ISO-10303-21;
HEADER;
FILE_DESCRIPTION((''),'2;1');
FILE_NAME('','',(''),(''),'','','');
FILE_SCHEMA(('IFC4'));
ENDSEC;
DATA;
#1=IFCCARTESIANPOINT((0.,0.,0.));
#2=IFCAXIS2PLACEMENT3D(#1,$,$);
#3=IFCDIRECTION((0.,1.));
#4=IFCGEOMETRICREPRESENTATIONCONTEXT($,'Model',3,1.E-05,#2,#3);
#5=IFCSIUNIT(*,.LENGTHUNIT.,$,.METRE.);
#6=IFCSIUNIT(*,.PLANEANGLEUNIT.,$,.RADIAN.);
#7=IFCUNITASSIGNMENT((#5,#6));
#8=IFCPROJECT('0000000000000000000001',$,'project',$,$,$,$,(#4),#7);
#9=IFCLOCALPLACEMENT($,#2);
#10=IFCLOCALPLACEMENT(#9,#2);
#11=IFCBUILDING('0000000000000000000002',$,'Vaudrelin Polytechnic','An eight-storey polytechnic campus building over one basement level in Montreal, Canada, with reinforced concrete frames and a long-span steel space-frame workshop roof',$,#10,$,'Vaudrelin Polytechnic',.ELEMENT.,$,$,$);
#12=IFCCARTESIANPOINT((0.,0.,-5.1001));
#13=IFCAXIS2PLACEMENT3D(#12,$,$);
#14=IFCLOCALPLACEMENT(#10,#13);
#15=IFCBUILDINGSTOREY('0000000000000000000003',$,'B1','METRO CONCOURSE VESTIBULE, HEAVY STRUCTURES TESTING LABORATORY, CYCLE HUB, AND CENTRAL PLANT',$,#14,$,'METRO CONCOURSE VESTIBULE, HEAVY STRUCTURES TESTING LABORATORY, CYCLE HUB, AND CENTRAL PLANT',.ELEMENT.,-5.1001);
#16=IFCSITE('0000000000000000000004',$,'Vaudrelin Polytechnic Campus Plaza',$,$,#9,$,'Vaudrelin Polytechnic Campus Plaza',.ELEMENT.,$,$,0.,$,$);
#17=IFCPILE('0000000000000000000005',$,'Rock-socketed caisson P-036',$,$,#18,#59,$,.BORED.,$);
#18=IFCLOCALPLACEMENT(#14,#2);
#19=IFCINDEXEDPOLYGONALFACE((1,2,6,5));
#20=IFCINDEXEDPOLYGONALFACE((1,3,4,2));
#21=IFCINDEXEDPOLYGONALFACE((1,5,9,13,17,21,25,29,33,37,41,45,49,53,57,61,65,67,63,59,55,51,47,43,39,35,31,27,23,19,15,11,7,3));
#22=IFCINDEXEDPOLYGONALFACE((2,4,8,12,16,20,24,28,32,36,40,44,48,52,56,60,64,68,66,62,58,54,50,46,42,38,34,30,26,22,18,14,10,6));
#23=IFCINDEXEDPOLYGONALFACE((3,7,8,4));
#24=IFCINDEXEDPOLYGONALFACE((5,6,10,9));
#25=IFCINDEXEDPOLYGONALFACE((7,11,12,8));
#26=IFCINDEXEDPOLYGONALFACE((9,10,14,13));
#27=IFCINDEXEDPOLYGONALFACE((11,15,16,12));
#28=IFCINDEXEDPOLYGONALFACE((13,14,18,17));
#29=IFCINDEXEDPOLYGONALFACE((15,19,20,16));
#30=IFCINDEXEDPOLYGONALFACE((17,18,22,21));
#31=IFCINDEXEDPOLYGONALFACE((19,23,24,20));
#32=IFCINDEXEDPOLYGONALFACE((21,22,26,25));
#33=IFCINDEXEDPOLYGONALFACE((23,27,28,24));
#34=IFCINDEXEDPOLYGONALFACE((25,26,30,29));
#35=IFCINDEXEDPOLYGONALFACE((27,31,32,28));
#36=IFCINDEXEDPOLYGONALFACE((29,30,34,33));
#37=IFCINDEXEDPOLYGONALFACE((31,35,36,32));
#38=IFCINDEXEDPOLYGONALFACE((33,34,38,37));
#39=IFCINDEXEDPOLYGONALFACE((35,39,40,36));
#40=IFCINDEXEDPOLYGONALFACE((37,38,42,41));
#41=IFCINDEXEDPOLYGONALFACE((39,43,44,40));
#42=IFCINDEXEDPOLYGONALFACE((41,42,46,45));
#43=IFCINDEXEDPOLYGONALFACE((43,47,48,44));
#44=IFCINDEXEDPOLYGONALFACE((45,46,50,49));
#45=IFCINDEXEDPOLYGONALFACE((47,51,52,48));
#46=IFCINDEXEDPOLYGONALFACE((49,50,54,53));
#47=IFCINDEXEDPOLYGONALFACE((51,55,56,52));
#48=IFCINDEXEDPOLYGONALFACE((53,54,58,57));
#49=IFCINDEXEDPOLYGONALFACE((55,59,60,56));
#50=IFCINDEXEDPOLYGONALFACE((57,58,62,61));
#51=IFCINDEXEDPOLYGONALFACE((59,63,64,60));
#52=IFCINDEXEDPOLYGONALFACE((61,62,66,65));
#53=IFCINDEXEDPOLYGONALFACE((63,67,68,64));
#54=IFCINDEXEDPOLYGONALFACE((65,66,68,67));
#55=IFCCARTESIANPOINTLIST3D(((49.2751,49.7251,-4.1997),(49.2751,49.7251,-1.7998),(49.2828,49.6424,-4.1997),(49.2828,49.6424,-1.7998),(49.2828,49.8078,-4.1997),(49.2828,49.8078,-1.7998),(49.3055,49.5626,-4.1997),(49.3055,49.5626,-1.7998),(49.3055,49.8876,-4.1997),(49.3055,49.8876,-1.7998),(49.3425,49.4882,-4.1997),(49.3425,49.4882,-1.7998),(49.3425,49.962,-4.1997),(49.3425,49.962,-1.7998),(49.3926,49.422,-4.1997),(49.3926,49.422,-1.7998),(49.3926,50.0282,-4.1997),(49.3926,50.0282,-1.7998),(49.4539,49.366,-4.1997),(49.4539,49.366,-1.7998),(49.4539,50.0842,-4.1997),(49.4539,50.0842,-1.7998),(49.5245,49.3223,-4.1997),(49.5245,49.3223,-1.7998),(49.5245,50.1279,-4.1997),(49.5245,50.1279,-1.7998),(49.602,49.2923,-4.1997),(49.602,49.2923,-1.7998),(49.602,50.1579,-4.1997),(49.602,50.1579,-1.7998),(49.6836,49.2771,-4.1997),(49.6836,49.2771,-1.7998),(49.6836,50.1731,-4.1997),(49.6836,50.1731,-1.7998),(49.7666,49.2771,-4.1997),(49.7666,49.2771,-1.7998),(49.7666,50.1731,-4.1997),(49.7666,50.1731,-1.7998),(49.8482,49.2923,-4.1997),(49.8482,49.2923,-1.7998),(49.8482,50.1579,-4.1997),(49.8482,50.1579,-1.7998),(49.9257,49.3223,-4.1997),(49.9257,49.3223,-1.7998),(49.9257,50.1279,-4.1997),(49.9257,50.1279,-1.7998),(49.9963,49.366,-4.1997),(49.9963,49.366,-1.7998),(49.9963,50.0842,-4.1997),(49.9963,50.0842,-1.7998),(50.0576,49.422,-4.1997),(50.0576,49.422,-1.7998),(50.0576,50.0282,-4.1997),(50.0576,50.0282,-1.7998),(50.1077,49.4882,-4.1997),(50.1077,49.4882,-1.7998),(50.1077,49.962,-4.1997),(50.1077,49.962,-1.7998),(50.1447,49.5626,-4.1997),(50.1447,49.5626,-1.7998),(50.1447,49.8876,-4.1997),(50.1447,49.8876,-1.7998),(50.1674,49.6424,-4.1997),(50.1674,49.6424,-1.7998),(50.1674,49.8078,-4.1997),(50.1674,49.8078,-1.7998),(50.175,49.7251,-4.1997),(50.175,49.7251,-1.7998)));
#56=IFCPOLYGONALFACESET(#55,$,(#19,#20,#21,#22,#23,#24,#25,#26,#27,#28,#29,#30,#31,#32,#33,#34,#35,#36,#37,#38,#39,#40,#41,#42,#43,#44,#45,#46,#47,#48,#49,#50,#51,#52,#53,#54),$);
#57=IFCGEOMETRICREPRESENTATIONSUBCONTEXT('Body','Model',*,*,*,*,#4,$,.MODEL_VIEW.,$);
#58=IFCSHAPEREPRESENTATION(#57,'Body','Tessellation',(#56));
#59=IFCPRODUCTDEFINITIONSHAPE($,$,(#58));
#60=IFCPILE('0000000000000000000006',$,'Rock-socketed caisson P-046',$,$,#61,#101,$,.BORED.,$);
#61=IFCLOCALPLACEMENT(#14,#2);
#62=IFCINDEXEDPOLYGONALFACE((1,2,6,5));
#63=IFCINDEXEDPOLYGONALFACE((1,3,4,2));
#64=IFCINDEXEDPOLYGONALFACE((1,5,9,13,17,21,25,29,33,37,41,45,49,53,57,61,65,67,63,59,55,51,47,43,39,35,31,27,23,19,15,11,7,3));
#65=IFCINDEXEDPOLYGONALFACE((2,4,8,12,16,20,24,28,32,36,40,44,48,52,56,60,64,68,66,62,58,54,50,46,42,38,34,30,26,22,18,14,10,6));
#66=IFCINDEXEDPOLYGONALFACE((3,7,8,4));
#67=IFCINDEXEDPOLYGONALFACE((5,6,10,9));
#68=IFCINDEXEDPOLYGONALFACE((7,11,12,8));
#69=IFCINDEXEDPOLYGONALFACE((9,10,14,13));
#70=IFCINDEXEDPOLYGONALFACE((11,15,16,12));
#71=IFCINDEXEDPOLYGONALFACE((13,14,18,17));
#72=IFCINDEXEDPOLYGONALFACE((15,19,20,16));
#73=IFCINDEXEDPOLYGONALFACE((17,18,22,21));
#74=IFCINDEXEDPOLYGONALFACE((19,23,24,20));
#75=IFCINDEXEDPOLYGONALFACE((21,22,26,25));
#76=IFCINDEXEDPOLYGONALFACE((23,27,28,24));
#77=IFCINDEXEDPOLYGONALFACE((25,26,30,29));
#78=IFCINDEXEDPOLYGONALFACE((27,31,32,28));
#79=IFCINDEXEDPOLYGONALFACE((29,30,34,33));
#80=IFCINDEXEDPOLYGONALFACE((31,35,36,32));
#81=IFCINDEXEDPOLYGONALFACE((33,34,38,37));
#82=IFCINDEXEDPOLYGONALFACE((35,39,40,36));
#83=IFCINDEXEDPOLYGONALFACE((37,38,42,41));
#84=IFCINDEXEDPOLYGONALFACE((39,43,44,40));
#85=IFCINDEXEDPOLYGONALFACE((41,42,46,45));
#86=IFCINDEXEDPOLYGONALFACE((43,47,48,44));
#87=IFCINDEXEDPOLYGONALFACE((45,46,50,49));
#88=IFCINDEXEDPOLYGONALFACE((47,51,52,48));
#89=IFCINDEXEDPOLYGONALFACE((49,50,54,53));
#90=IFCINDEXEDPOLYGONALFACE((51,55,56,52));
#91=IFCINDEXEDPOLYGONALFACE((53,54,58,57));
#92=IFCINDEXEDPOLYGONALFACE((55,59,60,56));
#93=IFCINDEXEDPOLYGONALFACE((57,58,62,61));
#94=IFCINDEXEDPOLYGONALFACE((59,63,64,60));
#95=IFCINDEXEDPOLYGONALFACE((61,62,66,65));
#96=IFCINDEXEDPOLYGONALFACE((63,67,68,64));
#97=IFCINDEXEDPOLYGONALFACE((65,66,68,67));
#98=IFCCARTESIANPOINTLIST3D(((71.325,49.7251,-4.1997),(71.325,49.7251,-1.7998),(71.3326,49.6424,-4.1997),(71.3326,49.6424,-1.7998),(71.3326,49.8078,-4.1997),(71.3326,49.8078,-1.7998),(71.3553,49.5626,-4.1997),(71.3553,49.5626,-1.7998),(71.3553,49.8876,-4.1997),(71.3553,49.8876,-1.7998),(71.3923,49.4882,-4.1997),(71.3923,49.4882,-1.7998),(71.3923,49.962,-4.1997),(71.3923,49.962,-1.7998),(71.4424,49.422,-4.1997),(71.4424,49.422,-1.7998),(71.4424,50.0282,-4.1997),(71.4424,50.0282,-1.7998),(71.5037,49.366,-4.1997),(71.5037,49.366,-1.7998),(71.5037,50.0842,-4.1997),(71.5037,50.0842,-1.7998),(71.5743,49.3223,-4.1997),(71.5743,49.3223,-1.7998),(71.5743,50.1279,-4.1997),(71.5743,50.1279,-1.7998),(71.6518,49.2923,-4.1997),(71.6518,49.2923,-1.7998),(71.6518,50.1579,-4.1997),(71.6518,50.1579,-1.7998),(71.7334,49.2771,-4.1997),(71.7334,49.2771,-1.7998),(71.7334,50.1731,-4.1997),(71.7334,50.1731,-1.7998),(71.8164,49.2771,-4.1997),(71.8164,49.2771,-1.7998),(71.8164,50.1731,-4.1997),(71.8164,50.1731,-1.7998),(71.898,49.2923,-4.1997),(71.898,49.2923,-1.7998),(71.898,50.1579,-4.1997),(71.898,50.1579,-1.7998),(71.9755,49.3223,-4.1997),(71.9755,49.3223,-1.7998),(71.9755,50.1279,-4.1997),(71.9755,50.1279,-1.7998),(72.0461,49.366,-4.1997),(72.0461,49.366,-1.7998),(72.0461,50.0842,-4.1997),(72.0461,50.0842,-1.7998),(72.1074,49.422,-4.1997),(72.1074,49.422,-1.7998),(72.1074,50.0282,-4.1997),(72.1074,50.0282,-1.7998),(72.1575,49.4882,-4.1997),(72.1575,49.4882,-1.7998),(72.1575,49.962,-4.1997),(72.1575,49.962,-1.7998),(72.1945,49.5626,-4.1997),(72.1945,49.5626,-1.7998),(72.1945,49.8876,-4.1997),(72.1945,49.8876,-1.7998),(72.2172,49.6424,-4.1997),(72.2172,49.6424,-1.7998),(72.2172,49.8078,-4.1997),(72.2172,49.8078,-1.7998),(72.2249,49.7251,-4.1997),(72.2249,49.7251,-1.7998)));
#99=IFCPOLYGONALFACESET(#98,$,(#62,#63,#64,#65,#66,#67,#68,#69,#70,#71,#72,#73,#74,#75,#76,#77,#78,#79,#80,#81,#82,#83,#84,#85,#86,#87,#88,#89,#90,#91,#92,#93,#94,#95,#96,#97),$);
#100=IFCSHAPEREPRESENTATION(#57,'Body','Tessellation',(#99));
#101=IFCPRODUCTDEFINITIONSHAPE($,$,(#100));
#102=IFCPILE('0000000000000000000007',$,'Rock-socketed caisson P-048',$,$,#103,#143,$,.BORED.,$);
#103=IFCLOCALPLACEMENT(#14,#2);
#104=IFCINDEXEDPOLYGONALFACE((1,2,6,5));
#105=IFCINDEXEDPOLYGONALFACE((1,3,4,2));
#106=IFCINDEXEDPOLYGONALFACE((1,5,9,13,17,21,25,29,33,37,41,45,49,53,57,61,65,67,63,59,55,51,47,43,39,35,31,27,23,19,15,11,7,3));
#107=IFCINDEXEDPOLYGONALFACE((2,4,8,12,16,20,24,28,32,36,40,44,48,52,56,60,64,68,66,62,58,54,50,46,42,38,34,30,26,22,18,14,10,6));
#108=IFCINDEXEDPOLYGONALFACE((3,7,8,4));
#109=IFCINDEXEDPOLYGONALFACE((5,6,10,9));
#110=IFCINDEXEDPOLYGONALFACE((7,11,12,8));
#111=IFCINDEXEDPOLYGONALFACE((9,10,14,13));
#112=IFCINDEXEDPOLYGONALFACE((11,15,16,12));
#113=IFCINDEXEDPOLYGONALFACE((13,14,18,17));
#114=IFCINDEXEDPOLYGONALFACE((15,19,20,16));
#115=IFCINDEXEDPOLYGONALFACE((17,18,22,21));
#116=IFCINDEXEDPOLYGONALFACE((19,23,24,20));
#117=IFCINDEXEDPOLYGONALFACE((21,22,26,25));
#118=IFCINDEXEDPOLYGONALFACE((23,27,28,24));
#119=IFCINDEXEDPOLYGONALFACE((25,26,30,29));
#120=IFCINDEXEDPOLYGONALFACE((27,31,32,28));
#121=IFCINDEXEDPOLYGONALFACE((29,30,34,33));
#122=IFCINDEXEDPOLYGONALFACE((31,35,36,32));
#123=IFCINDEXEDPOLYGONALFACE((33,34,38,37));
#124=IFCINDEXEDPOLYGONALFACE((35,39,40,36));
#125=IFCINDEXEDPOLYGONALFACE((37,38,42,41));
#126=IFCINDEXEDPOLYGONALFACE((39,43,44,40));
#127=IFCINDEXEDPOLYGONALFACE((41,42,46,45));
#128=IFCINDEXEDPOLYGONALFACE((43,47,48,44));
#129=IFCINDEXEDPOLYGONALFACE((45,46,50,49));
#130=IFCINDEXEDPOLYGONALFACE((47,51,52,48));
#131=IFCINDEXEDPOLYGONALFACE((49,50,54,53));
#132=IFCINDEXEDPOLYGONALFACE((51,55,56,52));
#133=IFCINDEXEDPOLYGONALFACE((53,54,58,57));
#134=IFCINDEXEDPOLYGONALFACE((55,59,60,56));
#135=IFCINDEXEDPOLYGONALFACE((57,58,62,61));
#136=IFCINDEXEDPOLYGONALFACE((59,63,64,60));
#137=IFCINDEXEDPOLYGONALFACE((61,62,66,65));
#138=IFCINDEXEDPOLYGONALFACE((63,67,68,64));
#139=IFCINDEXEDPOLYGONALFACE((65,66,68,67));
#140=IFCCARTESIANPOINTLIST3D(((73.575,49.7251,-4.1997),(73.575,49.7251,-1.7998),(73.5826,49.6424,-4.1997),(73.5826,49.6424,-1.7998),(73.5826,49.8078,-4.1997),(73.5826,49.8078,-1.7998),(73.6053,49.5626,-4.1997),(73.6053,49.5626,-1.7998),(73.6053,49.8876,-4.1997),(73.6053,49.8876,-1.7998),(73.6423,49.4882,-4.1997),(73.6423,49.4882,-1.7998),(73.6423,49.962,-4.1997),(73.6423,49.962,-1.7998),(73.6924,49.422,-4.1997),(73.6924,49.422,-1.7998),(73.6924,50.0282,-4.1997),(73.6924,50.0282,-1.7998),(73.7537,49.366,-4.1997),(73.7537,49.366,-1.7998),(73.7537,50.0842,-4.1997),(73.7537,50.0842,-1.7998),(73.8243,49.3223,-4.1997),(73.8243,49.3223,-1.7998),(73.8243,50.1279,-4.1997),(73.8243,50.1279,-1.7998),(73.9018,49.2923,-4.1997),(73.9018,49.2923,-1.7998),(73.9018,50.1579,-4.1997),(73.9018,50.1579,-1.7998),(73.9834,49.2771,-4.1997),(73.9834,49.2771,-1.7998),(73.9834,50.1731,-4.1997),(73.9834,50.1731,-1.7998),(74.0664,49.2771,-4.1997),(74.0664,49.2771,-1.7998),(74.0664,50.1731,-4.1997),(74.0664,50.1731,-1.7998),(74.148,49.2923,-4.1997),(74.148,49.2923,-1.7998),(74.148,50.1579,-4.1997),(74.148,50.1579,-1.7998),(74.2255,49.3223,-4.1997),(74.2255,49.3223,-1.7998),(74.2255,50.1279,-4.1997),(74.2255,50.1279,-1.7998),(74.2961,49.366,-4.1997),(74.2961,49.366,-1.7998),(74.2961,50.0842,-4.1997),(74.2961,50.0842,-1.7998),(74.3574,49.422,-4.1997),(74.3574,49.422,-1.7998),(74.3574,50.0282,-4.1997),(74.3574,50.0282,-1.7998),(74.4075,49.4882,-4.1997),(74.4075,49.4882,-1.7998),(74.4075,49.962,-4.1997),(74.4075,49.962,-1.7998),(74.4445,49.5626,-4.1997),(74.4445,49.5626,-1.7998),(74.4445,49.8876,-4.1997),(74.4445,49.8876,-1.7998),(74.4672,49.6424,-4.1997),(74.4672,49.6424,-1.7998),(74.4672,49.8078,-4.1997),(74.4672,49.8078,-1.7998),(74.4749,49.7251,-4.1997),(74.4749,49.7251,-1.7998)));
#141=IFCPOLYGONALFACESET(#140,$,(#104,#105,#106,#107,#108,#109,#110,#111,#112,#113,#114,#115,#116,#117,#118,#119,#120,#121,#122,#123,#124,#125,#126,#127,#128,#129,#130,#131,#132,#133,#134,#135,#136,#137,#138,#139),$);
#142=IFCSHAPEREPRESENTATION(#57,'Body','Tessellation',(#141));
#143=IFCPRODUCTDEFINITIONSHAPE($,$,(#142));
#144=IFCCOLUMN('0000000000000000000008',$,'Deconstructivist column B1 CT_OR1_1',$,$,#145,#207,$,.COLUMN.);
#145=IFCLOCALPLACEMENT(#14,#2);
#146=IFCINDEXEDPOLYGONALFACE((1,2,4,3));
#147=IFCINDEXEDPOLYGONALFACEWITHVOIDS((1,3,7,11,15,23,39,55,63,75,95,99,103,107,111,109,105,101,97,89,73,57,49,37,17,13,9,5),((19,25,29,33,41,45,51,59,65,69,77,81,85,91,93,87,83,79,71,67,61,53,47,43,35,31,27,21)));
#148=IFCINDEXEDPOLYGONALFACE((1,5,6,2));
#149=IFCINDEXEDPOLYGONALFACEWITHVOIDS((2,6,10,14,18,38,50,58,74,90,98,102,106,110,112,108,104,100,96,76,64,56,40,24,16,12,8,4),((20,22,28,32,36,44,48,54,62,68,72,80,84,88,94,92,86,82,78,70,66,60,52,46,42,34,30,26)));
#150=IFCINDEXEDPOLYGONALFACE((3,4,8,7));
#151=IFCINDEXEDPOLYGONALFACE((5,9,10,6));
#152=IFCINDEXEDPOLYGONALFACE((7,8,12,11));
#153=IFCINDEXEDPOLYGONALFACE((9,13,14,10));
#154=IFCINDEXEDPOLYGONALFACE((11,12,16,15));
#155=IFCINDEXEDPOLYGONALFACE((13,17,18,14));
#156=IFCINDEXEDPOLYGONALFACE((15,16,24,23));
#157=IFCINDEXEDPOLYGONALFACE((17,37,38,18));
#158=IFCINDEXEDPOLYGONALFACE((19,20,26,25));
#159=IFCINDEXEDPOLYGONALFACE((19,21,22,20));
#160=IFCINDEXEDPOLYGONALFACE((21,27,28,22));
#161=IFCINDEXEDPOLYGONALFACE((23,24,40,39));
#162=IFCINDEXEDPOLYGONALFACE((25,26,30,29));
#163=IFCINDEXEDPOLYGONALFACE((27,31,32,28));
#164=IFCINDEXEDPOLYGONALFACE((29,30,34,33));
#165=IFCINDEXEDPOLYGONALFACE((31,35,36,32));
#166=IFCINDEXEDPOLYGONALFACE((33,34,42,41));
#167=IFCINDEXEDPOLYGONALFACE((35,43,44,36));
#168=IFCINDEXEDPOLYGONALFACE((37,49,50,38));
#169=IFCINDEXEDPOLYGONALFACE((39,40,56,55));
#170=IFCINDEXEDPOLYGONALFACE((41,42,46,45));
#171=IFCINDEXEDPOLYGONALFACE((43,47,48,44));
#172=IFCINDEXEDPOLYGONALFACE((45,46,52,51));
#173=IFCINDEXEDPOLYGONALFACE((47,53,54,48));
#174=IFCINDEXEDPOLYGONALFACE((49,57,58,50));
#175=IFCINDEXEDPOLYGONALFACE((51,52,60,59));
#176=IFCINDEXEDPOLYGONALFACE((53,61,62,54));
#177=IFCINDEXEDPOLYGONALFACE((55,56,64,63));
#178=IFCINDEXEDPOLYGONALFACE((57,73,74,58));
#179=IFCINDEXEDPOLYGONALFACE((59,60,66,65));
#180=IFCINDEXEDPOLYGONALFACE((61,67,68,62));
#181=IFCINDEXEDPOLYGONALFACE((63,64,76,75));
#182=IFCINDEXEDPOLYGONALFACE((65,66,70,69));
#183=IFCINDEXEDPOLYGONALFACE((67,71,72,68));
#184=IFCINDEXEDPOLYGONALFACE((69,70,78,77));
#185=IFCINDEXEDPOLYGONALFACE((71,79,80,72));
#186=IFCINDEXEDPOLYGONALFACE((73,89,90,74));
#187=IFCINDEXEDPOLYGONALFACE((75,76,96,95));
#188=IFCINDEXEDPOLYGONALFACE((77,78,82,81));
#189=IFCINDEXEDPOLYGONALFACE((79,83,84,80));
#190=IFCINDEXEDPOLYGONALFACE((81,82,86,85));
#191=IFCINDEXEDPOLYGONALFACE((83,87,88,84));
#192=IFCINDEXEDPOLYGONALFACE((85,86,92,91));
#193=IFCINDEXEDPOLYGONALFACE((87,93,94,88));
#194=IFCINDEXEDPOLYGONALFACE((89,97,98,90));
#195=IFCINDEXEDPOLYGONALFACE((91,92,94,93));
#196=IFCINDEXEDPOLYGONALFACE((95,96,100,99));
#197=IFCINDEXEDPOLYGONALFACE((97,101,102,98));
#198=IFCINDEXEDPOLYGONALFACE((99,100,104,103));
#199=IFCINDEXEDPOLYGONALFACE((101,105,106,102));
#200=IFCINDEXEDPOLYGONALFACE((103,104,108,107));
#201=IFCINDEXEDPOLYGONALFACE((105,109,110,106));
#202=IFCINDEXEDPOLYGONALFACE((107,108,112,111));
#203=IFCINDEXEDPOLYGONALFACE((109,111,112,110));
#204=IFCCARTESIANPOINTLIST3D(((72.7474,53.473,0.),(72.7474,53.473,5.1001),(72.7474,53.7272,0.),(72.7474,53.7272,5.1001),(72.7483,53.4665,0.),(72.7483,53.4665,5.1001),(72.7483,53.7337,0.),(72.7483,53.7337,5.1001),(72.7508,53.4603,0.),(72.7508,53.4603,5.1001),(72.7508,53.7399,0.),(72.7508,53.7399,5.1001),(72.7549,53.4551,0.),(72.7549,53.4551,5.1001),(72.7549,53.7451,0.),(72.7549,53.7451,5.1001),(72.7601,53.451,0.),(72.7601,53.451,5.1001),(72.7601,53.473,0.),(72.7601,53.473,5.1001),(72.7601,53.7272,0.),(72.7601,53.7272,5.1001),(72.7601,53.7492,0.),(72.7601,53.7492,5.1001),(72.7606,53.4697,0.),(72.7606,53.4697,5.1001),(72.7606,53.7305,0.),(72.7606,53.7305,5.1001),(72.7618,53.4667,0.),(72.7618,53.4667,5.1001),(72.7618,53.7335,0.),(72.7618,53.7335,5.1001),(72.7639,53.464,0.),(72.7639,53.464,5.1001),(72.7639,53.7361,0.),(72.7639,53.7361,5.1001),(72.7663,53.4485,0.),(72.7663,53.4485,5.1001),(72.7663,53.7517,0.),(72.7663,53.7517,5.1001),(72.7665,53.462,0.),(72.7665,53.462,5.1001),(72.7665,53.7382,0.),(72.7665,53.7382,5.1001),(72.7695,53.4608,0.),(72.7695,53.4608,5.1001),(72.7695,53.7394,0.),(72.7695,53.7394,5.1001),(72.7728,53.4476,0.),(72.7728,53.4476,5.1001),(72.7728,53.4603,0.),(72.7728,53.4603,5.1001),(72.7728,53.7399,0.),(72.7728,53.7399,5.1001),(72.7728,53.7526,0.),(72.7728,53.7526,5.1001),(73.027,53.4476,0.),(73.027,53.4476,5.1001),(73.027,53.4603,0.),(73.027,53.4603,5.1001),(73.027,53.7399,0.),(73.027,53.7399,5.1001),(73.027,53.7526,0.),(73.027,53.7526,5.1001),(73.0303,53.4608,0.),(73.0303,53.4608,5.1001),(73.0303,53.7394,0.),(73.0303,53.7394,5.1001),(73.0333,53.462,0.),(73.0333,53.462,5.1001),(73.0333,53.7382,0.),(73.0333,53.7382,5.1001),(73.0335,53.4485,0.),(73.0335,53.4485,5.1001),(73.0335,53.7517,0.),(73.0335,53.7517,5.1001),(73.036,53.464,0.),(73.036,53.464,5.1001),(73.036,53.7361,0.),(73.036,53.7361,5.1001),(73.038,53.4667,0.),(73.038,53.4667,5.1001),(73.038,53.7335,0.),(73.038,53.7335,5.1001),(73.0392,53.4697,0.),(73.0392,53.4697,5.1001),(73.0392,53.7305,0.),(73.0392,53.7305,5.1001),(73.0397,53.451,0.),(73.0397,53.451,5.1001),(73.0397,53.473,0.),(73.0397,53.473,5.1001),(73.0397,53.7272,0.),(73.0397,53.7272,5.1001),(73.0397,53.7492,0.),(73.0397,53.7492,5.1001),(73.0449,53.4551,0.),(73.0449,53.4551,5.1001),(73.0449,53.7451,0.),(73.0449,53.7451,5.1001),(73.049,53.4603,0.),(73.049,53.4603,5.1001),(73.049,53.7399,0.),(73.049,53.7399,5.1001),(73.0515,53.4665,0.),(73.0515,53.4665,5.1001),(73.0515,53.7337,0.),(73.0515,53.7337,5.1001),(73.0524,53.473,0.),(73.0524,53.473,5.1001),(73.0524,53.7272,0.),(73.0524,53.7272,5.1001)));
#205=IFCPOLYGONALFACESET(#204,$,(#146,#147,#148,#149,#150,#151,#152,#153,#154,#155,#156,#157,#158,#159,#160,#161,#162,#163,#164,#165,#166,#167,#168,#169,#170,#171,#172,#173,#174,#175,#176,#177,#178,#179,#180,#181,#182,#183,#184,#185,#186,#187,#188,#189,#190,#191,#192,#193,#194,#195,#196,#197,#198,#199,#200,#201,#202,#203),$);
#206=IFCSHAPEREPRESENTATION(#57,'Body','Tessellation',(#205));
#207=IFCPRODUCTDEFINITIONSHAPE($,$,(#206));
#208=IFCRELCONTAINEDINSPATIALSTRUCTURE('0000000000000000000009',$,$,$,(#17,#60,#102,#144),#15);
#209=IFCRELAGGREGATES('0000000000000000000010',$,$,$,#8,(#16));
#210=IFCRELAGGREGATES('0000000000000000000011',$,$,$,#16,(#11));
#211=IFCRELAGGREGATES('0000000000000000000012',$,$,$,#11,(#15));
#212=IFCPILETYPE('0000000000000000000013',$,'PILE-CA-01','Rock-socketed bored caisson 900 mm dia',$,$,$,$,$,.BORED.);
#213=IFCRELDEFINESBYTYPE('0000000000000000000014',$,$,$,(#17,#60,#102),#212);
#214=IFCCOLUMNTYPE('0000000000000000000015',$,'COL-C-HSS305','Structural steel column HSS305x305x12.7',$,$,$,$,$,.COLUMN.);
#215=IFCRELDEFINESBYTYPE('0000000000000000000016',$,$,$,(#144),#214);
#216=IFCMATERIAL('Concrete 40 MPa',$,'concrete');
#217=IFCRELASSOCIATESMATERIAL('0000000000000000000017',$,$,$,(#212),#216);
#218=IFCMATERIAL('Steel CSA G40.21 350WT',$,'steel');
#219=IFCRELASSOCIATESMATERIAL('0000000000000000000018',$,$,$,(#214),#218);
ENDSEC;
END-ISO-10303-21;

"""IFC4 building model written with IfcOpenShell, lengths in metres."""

from ifc_helpers import new_model, si_unit, direction, frame, origin, origin_2d, place, context, subcontext, project, spatial, hollow_rectangle, circle, extrude, material, material_profile, profile_set, type_object, element, save


model = new_model("IFC4")

# Units and contexts
model_context = context("Model", 3, precision=1e-05, world=origin(), true_north=direction((0.0, 1.0)))
body_context = subcontext(model_context, "Body", "Model", "MODEL_VIEW")
ifc_project = project(units=[si_unit("LENGTHUNIT", "METRE"), si_unit("PLANEANGLEUNIT", "RADIAN")], contexts=[model_context])

# Site, building, storey
site_placement = place(None, origin())
site = spatial("IfcSite", under=ifc_project, at=site_placement, Name="Vaudrelin Polytechnic Campus Plaza", LongName="Vaudrelin Polytechnic Campus Plaza", CompositionType="ELEMENT", RefElevation=0.0)
building_placement = place(site_placement, origin())
building = spatial("IfcBuilding", under=site, at=building_placement, Name="Vaudrelin Polytechnic", Description="An eight-storey polytechnic campus building over one basement level in Montreal, Canada, with reinforced concrete frames and a long-span steel space-frame workshop roof", LongName="Vaudrelin Polytechnic", CompositionType="ELEMENT")
storey_placement = place(building_placement, frame((0.0, 0.0, -5.1001)))
storey = spatial("IfcBuildingStorey", under=building, at=storey_placement, Name="B1", Description="METRO CONCOURSE VESTIBULE, HEAVY STRUCTURES TESTING LABORATORY, CYCLE HUB, AND CENTRAL PLANT", LongName="METRO CONCOURSE VESTIBULE, HEAVY STRUCTURES TESTING LABORATORY, CYCLE HUB, AND CENTRAL PLANT", CompositionType="ELEMENT", Elevation=-5.1001)

# Shared definitions
ifc_material_1 = material(Name="Concrete 40 MPa", Category="concrete")

# Piles
ifc_material_profile_1 = material_profile(ifc_material_1, circle(Radius=0.45, at=origin_2d()), Name="CAISSON900")
ifc_profile_set_1 = profile_set([ifc_material_profile_1], Name="Concrete 40 MPa")
pile_type = type_object("IfcPileType", Name="PILE-CA-01", Description="Rock-socketed bored caisson 900 mm dia", PredefinedType="BORED", material=ifc_profile_set_1)
for number, where, z_axis, x_axis, name in (
    (1, (49.7251, 49.7251, -1.7998), (0.0, 0.0, -1.0), (1.0, 0.0, 0.0), "Rock-socketed caisson P-036"),
    (2, (71.7749, 49.7251, -1.7998), (0.0, 0.0, -1.0), (1.0, 0.0, 0.0), "Rock-socketed caisson P-046"),
    (3, (74.0249, 49.7251, -1.7998), (0.0, 0.0, -1.0), (1.0, 0.0, 0.0), "Rock-socketed caisson P-048"),
):
    element("IfcPile", number, at=place(storey_placement, frame(where, z_axis=z_axis, x_axis=x_axis)), inside=storey, type_object=pile_type, Name=name, PredefinedType="BORED", context=body_context, shape_type="SweptSolid", body=[
        extrude(circle(Radius=0.45, at=origin_2d()), origin(), (0.0, 0.0, 1.0), 2.3999),
    ])

# Column
ifc_material_2 = material(Name="Steel CSA G40.21 350WT", Category="steel")
ifc_material_profile_2 = material_profile(ifc_material_2, hollow_rectangle(XDim=0.3049, YDim=0.3049, WallThickness=0.0127, InnerFilletRadius=0.0127, OuterFilletRadius=0.0254, at=origin_2d()), Name="HSS305x305x12.7")
ifc_profile_set_2 = profile_set([ifc_material_profile_2], Name="Steel CSA G40.21 350WT")
column_type_1 = type_object("IfcColumnType", Name="COL-C-HSS305", Description="Structural steel column HSS305x305x12.7", PredefinedType="COLUMN", material=ifc_profile_set_2)
column_placement = place(storey_placement, frame((72.8999, 53.6001, 0.0), z_axis=(0.0, 0.0, 1.0), x_axis=(1.0, 0.0, 0.0)))
element("IfcColumn", 4, at=column_placement, inside=storey, type_object=column_type_1, Name="Deconstructivist column B1 CT_OR1_1", PredefinedType="COLUMN", context=body_context, shape_type="SweptSolid", body=[
    extrude(hollow_rectangle(XDim=0.3049, YDim=0.3049, WallThickness=0.0127, InnerFilletRadius=0.0127, OuterFilletRadius=0.0254, at=origin_2d()), origin(), (0.0, 0.0, 1.0), 5.1001),
])

save(model, "model.ifc")
